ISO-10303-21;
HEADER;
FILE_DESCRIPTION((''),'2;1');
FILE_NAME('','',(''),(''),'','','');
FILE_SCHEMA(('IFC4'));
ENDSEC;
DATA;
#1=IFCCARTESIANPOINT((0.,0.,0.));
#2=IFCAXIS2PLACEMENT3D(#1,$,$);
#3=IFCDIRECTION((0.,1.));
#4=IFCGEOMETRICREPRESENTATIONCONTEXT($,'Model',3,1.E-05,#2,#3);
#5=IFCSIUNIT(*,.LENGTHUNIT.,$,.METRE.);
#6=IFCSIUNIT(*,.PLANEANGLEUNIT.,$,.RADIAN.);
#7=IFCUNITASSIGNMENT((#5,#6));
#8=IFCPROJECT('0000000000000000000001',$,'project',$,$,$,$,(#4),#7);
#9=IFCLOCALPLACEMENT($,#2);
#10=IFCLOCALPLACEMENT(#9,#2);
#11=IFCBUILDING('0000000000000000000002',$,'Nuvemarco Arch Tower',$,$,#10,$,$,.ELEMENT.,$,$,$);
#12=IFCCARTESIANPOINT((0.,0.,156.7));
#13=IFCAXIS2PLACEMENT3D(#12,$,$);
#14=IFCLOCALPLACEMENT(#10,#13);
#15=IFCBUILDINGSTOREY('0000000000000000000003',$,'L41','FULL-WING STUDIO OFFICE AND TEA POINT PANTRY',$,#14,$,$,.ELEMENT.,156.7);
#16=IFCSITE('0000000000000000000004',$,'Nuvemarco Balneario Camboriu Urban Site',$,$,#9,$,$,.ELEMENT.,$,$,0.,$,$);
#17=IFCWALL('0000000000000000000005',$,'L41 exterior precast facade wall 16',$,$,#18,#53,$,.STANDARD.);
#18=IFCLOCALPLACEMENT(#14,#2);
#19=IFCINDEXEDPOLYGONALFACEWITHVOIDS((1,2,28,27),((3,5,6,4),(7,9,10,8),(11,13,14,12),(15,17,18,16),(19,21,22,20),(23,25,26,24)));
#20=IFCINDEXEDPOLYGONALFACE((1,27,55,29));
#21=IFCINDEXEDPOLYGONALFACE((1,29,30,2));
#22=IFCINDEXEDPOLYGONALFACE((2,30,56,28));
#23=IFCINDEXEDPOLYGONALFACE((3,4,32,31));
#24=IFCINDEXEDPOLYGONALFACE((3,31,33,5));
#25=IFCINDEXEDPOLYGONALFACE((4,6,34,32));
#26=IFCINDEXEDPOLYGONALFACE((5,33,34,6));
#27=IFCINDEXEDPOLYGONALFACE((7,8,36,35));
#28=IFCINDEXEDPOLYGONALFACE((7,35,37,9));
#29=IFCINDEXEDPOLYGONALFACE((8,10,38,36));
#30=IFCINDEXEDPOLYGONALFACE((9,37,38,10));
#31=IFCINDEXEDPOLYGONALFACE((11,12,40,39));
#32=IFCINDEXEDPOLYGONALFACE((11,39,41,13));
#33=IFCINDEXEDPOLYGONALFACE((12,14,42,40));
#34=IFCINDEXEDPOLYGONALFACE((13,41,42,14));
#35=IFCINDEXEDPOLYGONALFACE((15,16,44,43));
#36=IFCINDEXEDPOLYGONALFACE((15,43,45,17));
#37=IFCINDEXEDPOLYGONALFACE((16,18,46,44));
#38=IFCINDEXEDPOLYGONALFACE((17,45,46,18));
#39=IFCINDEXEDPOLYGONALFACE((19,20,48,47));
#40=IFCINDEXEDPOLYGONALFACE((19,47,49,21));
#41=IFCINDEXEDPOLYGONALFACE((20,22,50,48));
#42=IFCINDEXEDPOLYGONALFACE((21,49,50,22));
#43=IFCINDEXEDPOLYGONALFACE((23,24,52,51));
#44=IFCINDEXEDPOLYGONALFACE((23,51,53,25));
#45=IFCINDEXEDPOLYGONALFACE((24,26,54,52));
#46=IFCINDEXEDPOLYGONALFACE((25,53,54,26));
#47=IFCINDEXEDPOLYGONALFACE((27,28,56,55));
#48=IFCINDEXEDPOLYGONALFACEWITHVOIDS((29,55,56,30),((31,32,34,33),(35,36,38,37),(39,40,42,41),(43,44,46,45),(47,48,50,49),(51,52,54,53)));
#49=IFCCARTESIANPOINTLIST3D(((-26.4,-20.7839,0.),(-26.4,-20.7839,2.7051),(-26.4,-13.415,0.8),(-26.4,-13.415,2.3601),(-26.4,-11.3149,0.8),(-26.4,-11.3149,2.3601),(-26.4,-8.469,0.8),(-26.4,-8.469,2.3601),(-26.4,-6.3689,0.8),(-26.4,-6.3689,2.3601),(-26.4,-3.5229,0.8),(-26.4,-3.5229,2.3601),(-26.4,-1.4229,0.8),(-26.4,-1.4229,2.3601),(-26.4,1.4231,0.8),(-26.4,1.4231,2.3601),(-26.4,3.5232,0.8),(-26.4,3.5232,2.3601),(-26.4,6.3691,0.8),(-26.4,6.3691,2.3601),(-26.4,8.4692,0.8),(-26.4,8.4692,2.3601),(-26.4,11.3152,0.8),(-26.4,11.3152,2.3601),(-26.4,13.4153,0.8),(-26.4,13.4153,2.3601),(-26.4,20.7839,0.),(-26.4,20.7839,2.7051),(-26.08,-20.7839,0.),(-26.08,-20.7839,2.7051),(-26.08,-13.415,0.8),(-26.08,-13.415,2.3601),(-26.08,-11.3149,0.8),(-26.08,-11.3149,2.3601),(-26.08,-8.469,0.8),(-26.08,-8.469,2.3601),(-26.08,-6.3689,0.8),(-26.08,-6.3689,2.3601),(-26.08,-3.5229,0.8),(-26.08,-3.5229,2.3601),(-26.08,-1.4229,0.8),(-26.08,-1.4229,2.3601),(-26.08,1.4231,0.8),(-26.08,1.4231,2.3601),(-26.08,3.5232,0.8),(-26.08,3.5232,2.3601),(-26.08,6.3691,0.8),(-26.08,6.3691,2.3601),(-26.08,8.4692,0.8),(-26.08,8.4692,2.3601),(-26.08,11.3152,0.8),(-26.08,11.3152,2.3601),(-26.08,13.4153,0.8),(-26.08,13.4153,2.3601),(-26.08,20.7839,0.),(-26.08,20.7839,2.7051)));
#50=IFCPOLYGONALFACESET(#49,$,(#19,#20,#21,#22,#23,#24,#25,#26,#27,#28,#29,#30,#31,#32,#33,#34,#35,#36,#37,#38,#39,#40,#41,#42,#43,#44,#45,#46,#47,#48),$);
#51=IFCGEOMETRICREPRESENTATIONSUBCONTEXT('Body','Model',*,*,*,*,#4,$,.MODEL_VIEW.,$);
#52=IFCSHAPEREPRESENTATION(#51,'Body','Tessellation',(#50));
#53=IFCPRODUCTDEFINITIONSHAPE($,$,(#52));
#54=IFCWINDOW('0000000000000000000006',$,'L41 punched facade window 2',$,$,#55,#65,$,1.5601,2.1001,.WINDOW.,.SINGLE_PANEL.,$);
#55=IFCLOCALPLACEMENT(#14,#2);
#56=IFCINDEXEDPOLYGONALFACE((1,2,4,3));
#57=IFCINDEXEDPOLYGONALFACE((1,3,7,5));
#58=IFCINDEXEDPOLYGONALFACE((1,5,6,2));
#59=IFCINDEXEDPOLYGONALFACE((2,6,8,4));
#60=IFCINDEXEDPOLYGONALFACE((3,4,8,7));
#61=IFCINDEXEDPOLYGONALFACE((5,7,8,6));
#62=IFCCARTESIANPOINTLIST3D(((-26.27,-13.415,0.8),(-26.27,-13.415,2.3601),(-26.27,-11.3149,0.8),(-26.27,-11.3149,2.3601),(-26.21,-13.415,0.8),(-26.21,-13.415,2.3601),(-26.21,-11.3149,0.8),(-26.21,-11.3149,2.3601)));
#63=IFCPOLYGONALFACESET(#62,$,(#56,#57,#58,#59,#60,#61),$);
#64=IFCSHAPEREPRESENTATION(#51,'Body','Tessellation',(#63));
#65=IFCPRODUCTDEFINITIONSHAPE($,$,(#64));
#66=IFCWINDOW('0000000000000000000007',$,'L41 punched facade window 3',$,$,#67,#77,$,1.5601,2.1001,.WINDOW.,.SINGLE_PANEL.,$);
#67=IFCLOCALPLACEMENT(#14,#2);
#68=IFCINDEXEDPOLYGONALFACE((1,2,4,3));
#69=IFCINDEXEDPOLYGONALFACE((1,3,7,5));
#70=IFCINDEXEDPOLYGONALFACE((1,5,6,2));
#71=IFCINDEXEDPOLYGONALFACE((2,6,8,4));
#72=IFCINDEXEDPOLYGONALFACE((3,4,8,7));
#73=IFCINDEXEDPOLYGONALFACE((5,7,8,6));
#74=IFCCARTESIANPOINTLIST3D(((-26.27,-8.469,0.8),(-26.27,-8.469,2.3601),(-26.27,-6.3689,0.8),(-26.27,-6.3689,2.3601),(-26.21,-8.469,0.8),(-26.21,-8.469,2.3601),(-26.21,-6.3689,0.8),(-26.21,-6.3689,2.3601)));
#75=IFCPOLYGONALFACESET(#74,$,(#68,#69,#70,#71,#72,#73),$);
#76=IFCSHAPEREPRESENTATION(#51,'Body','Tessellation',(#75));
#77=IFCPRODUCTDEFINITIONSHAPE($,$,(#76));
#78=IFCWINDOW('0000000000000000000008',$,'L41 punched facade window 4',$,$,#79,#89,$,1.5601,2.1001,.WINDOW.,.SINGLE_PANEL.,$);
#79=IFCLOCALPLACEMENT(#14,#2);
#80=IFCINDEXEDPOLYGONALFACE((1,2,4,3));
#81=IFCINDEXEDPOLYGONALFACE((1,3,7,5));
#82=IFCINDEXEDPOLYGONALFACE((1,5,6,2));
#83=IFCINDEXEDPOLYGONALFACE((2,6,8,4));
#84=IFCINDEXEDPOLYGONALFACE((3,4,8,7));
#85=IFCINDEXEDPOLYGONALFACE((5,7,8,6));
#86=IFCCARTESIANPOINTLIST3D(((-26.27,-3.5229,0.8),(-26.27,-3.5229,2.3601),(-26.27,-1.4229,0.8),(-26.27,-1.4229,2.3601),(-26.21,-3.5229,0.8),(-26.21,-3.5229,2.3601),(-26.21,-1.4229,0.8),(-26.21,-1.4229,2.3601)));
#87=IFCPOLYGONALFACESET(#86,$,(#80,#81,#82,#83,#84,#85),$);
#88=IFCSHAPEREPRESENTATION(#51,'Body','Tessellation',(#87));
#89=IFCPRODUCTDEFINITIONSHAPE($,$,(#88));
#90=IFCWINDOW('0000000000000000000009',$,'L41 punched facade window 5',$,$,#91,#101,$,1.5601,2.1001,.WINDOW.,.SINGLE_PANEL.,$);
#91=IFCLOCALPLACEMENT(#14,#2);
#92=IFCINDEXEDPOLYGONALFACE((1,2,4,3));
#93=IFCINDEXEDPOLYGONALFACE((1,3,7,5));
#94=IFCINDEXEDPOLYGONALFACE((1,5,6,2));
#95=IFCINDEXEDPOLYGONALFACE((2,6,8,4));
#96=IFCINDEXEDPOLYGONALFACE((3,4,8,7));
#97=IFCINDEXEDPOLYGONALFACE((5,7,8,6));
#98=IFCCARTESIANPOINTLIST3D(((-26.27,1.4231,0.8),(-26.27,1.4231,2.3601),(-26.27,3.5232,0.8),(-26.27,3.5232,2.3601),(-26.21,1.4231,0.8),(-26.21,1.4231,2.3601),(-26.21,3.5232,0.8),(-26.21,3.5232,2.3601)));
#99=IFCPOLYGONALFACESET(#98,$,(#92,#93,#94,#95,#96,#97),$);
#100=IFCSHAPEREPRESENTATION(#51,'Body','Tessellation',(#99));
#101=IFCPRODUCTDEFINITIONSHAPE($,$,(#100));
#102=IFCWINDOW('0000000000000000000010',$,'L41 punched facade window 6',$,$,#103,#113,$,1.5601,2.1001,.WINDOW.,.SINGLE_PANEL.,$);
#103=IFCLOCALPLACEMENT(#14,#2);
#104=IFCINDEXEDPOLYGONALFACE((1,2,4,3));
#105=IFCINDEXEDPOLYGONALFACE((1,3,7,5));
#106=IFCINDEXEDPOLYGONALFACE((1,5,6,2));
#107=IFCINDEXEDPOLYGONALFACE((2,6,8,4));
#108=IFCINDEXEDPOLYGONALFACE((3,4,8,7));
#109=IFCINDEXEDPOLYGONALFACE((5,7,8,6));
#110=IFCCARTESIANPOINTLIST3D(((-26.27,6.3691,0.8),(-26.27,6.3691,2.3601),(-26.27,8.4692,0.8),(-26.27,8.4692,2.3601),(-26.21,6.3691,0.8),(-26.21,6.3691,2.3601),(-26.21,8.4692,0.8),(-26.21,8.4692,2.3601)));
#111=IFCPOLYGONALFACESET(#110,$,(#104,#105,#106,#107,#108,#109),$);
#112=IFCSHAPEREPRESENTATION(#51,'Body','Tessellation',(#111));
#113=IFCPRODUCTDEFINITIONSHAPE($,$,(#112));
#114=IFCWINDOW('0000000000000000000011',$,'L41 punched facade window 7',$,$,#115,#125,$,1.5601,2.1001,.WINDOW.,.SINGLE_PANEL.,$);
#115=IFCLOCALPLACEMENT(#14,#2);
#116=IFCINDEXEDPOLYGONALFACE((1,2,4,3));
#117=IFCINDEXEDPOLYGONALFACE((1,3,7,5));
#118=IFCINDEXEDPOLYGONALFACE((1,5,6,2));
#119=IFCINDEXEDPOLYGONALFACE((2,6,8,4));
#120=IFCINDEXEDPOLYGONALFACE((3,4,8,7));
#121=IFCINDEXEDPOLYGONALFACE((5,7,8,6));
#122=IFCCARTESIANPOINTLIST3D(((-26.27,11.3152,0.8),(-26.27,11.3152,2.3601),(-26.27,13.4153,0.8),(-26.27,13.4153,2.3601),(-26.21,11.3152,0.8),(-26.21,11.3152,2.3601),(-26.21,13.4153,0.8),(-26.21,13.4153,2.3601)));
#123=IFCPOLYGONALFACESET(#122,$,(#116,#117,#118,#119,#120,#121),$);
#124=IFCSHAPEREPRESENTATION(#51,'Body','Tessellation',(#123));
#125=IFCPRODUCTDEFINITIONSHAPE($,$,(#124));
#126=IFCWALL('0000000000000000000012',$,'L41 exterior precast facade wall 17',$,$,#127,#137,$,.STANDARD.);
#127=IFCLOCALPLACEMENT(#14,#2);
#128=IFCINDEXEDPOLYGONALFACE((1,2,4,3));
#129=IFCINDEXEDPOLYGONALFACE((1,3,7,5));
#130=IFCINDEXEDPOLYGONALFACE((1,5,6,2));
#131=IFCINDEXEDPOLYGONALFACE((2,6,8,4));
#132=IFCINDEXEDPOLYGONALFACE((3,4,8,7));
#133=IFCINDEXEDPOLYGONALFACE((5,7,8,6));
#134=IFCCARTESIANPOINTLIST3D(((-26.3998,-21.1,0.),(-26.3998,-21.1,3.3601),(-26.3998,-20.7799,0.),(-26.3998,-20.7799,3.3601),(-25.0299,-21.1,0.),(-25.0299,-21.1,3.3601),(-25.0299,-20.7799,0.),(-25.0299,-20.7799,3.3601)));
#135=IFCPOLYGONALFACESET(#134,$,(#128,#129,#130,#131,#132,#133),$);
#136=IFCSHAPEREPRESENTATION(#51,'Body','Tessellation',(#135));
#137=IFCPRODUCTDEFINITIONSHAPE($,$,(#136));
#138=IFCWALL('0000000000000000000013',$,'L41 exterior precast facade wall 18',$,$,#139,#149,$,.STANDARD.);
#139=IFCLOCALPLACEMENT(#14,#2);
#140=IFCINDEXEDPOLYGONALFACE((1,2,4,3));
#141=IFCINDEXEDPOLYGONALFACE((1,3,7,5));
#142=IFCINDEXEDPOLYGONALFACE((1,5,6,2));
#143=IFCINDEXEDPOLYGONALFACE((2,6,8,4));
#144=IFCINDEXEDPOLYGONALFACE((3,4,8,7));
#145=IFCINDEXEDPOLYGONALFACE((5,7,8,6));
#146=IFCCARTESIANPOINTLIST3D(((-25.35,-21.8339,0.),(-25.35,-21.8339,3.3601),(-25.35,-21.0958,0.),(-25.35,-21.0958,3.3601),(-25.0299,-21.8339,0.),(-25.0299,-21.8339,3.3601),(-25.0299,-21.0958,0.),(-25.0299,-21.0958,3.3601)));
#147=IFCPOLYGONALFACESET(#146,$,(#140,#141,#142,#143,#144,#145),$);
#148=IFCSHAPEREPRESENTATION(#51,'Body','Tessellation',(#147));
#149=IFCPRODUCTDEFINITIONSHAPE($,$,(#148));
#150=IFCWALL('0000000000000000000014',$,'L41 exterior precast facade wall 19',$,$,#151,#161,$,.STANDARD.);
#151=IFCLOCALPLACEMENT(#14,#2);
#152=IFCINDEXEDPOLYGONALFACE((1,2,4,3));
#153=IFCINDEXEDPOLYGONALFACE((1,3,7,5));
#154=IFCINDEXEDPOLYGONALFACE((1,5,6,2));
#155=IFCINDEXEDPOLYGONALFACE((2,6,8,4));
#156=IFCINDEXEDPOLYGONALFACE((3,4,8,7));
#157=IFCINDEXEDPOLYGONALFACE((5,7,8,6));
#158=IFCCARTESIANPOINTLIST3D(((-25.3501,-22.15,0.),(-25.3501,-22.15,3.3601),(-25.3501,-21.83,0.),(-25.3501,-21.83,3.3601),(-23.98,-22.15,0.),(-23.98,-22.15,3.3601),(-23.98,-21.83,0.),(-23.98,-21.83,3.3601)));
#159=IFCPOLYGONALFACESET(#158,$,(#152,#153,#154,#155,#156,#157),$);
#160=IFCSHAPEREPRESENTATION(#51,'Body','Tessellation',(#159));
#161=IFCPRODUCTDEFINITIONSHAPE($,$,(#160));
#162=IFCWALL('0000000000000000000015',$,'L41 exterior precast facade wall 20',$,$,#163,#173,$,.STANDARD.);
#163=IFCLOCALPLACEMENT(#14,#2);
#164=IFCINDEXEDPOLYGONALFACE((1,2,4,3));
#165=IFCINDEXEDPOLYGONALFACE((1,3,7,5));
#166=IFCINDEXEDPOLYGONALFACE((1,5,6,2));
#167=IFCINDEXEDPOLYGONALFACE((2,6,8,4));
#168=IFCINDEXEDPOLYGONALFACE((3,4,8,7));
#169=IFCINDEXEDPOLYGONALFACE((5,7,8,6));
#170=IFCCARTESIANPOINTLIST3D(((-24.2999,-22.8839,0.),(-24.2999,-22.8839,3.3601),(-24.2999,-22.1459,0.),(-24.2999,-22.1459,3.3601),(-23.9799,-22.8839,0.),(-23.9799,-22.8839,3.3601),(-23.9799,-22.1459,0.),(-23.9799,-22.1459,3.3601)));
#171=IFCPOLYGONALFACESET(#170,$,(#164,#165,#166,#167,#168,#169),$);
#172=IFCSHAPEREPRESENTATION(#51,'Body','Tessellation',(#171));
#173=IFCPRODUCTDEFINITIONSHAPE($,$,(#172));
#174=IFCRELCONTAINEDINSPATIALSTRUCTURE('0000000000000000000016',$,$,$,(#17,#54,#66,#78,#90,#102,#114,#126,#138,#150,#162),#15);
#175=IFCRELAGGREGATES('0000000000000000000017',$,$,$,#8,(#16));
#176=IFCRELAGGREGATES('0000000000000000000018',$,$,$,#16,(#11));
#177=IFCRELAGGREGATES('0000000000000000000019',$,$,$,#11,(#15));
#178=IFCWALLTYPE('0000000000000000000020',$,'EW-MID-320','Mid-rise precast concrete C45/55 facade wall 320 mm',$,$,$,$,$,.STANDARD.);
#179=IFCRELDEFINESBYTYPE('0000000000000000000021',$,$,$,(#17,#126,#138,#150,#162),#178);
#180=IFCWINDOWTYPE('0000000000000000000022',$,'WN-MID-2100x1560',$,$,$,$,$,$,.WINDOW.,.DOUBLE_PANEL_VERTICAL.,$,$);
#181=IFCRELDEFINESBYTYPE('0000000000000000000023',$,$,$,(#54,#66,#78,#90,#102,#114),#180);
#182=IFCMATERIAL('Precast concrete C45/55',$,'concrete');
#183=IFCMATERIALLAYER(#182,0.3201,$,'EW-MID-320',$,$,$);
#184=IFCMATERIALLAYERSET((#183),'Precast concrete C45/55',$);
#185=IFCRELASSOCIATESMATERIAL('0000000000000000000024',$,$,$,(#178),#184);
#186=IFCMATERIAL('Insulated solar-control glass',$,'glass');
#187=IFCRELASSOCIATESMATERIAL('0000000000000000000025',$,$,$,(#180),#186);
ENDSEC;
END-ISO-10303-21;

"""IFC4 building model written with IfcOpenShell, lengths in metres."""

from ifc_helpers import new_model, si_unit, direction, frame, frame_2d, origin, place, context, subcontext, project, spatial, rectangle, extrude, source, transform, mapped, material, layer, layer_set, type_object, type_shapes, element, fill, save


model = new_model("IFC4")

# Units and contexts
model_context = context("Model", 3, precision=1e-05, world=origin(), true_north=direction((0.0, 1.0)))
body_context = subcontext(model_context, "Body", "Model", "MODEL_VIEW")
ifc_project = project(units=[si_unit("LENGTHUNIT", "METRE"), si_unit("PLANEANGLEUNIT", "RADIAN")], contexts=[model_context])

# Site, building, storey
site_placement = place(None, origin())
site = spatial("IfcSite", under=ifc_project, at=site_placement, Name="Nuvemarco Balneario Camboriu Urban Site", CompositionType="ELEMENT", RefElevation=0.0)
building_placement = place(site_placement, origin())
building = spatial("IfcBuilding", under=site, at=building_placement, Name="Nuvemarco Arch Tower", CompositionType="ELEMENT")
storey_placement = place(building_placement, frame((0.0, 0.0, 156.7)))
storey = spatial("IfcBuildingStorey", under=building, at=storey_placement, Name="L41", Description="FULL-WING STUDIO OFFICE AND TEA POINT PANTRY", CompositionType="ELEMENT", Elevation=156.7)

# Shared definitions
ifc_material_1 = material(Name="Precast concrete C45/55", Category="concrete")
ifc_layer_1 = layer(ifc_material_1, 0.3201, Name="EW-MID-320")
ifc_layer_set_1 = layer_set([ifc_layer_1], Name="Precast concrete C45/55")
wall_type_1 = type_object("IfcWallType", Name="EW-MID-320", Description="Mid-rise precast concrete C45/55 facade wall 320 mm", PredefinedType="STANDARD", material=ifc_layer_set_1)
ifc_material_2 = material(Name="Insulated solar-control glass", Category="glass")

# Wall, openings, windows
wall_1_placement = place(storey_placement, frame((-26.24, -20.7839, 0.0), z_axis=(0.0, 0.0, 1.0), x_axis=(0.0, 1.0, 0.0)))
wall_1 = element("IfcWall", 1, at=wall_1_placement, inside=storey, type_object=wall_type_1, Name="L41 exterior precast facade wall 16", PredefinedType="STANDARD", context=body_context, shape_type="SweptSolid", body=[
    extrude(rectangle(XDim=41.5679, YDim=0.3201, at=frame_2d((20.7839, 0.0))), origin(), (0.0, 0.0, 1.0), 2.7051),
])
opening_1_placement = place(wall_1_placement, frame((7.3689, 0.0, 0.8)))
opening_1 = element("IfcOpeningElement", 2, at=opening_1_placement, cuts=wall_1, PredefinedType="OPENING", context=body_context, shape_type="SweptSolid", body=[
    extrude(rectangle(XDim=2.1001, YDim=1.5601, at=frame_2d((1.05, 0.78))), frame((0.0, 0.1699, 0.0), z_axis=(0.0, -1.0, 0.0), x_axis=(1.0, 0.0, 0.0)), (0.0, 0.0, 1.0), 0.3401),
])
opening_2_placement = place(wall_1_placement, frame((12.3149, 0.0, 0.8)))
opening_2 = element("IfcOpeningElement", 3, at=opening_2_placement, cuts=wall_1, PredefinedType="OPENING", context=body_context, shape_type="SweptSolid", body=[
    extrude(rectangle(XDim=2.1001, YDim=1.5601, at=frame_2d((1.05, 0.78))), frame((0.0, 0.1699, 0.0), z_axis=(0.0, -1.0, 0.0), x_axis=(1.0, 0.0, 0.0)), (0.0, 0.0, 1.0), 0.3401),
])
opening_3_placement = place(wall_1_placement, frame((17.261, 0.0, 0.8)))
opening_3 = element("IfcOpeningElement", 4, at=opening_3_placement, cuts=wall_1, PredefinedType="OPENING", context=body_context, shape_type="SweptSolid", body=[
    extrude(rectangle(XDim=2.1001, YDim=1.5601, at=frame_2d((1.05, 0.78))), frame((0.0, 0.1699, 0.0), z_axis=(0.0, -1.0, 0.0), x_axis=(1.0, 0.0, 0.0)), (0.0, 0.0, 1.0), 0.3401),
])
opening_4_placement = place(wall_1_placement, frame((22.207, 0.0, 0.8)))
opening_4 = element("IfcOpeningElement", 5, at=opening_4_placement, cuts=wall_1, PredefinedType="OPENING", context=body_context, shape_type="SweptSolid", body=[
    extrude(rectangle(XDim=2.1001, YDim=1.5601, at=frame_2d((1.05, 0.78))), frame((0.0, 0.1699, 0.0), z_axis=(0.0, -1.0, 0.0), x_axis=(1.0, 0.0, 0.0)), (0.0, 0.0, 1.0), 0.3401),
])
opening_5_placement = place(wall_1_placement, frame((27.1531, 0.0, 0.8)))
opening_5 = element("IfcOpeningElement", 6, at=opening_5_placement, cuts=wall_1, PredefinedType="OPENING", context=body_context, shape_type="SweptSolid", body=[
    extrude(rectangle(XDim=2.1001, YDim=1.5601, at=frame_2d((1.05, 0.78))), frame((0.0, 0.1699, 0.0), z_axis=(0.0, -1.0, 0.0), x_axis=(1.0, 0.0, 0.0)), (0.0, 0.0, 1.0), 0.3401),
])
opening_6_placement = place(wall_1_placement, frame((32.0991, 0.0, 0.8)))
opening_6 = element("IfcOpeningElement", 7, at=opening_6_placement, cuts=wall_1, PredefinedType="OPENING", context=body_context, shape_type="SweptSolid", body=[
    extrude(rectangle(XDim=2.1001, YDim=1.5601, at=frame_2d((1.05, 0.78))), frame((0.0, 0.1699, 0.0), z_axis=(0.0, -1.0, 0.0), x_axis=(1.0, 0.0, 0.0)), (0.0, 0.0, 1.0), 0.3401),
])
window_type_1 = type_object("IfcWindowType", Name="WN-MID-2100x1560", PartitioningType="DOUBLE_PANEL_VERTICAL", PredefinedType="WINDOW", material=ifc_material_2)
shared_shape_1 = source(origin(), body_context, "Body", "SweptSolid", [
    extrude(rectangle(XDim=2.1001, YDim=1.5601, at=frame_2d((1.05, 0.78))), frame((0.0, 0.03, 0.0), z_axis=(0.0, -1.0, 0.0), x_axis=(1.0, 0.0, 0.0)), (0.0, 0.0, 1.0), 0.0601),
])
type_shapes(window_type_1, [shared_shape_1])
window_1_placement = place(opening_1_placement, origin())
window_1 = element("IfcWindow", 8, at=window_1_placement, inside=storey, type_object=window_type_1, Name="L41 punched facade window 2", OverallHeight=1.5601, OverallWidth=2.1001, PartitioningType="SINGLE_PANEL", PredefinedType="WINDOW", context=body_context, shape_type="MappedRepresentation", body=[
    mapped(shared_shape_1, transform((0.0, 0.0, 0.0), scale=1.0)),
])
fill(opening_1, window_1)
window_2_placement = place(opening_2_placement, origin())
window_2 = element("IfcWindow", 9, at=window_2_placement, inside=storey, type_object=window_type_1, Name="L41 punched facade window 3", OverallHeight=1.5601, OverallWidth=2.1001, PartitioningType="SINGLE_PANEL", PredefinedType="WINDOW", context=body_context, shape_type="MappedRepresentation", body=[
    mapped(shared_shape_1, transform((0.0, 0.0, 0.0), scale=1.0)),
])
fill(opening_2, window_2)
window_3_placement = place(opening_3_placement, origin())
window_3 = element("IfcWindow", 10, at=window_3_placement, inside=storey, type_object=window_type_1, Name="L41 punched facade window 4", OverallHeight=1.5601, OverallWidth=2.1001, PartitioningType="SINGLE_PANEL", PredefinedType="WINDOW", context=body_context, shape_type="MappedRepresentation", body=[
    mapped(shared_shape_1, transform((0.0, 0.0, 0.0), scale=1.0)),
])
fill(opening_3, window_3)
window_4_placement = place(opening_4_placement, origin())
window_4 = element("IfcWindow", 11, at=window_4_placement, inside=storey, type_object=window_type_1, Name="L41 punched facade window 5", OverallHeight=1.5601, OverallWidth=2.1001, PartitioningType="SINGLE_PANEL", PredefinedType="WINDOW", context=body_context, shape_type="MappedRepresentation", body=[
    mapped(shared_shape_1, transform((0.0, 0.0, 0.0), scale=1.0)),
])
fill(opening_4, window_4)
window_5_placement = place(opening_5_placement, origin())
window_5 = element("IfcWindow", 12, at=window_5_placement, inside=storey, type_object=window_type_1, Name="L41 punched facade window 6", OverallHeight=1.5601, OverallWidth=2.1001, PartitioningType="SINGLE_PANEL", PredefinedType="WINDOW", context=body_context, shape_type="MappedRepresentation", body=[
    mapped(shared_shape_1, transform((0.0, 0.0, 0.0), scale=1.0)),
])
fill(opening_5, window_5)
window_6_placement = place(opening_6_placement, origin())
window_6 = element("IfcWindow", 13, at=window_6_placement, inside=storey, type_object=window_type_1, Name="L41 punched facade window 7", OverallHeight=1.5601, OverallWidth=2.1001, PartitioningType="SINGLE_PANEL", PredefinedType="WINDOW", context=body_context, shape_type="MappedRepresentation", body=[
    mapped(shared_shape_1, transform((0.0, 0.0, 0.0), scale=1.0)),
])
fill(opening_6, window_6)

# Walls
wall_2_placement = place(storey_placement, frame((-26.3999, -20.9399, 0.0), z_axis=(0.0, 0.0, 1.0), x_axis=(1.0, 0.0, 0.0)))
element("IfcWall", 14, at=wall_2_placement, inside=storey, type_object=wall_type_1, Name="L41 exterior precast facade wall 17", PredefinedType="STANDARD", context=body_context, shape_type="SweptSolid", body=[
    extrude(rectangle(XDim=1.3699, YDim=0.3201, at=frame_2d((0.6851, 0.0))), origin(), (0.0, 0.0, 1.0), 3.3601),
])
wall_3_placement = place(storey_placement, frame((-25.1899, -21.834, 0.0), z_axis=(0.0, 0.0, 1.0), x_axis=(0.0, 1.0, 0.0)))
element("IfcWall", 15, at=wall_3_placement, inside=storey, type_object=wall_type_1, Name="L41 exterior precast facade wall 18", PredefinedType="STANDARD", context=body_context, shape_type="SweptSolid", body=[
    extrude(rectangle(XDim=0.738, YDim=0.3201, at=frame_2d((0.3691, 0.0))), origin(), (0.0, 0.0, 1.0), 3.3601),
])
wall_4_placement = place(storey_placement, frame((-25.3501, -21.99, 0.0), z_axis=(0.0, 0.0, 1.0), x_axis=(1.0, 0.0, 0.0)))
element("IfcWall", 16, at=wall_4_placement, inside=storey, type_object=wall_type_1, Name="L41 exterior precast facade wall 19", PredefinedType="STANDARD", context=body_context, shape_type="SweptSolid", body=[
    extrude(rectangle(XDim=1.3701, YDim=0.3201, at=frame_2d((0.6851, 0.0))), origin(), (0.0, 0.0, 1.0), 3.3601),
])
wall_5_placement = place(storey_placement, frame((-24.1399, -22.884, 0.0), z_axis=(0.0, 0.0, 1.0), x_axis=(0.0, 1.0, 0.0)))
element("IfcWall", 17, at=wall_5_placement, inside=storey, type_object=wall_type_1, Name="L41 exterior precast facade wall 20", PredefinedType="STANDARD", context=body_context, shape_type="SweptSolid", body=[
    extrude(rectangle(XDim=0.738, YDim=0.3201, at=frame_2d((0.3691, 0.0))), origin(), (0.0, 0.0, 1.0), 3.3601),
])

save(model, "model.ifc")
